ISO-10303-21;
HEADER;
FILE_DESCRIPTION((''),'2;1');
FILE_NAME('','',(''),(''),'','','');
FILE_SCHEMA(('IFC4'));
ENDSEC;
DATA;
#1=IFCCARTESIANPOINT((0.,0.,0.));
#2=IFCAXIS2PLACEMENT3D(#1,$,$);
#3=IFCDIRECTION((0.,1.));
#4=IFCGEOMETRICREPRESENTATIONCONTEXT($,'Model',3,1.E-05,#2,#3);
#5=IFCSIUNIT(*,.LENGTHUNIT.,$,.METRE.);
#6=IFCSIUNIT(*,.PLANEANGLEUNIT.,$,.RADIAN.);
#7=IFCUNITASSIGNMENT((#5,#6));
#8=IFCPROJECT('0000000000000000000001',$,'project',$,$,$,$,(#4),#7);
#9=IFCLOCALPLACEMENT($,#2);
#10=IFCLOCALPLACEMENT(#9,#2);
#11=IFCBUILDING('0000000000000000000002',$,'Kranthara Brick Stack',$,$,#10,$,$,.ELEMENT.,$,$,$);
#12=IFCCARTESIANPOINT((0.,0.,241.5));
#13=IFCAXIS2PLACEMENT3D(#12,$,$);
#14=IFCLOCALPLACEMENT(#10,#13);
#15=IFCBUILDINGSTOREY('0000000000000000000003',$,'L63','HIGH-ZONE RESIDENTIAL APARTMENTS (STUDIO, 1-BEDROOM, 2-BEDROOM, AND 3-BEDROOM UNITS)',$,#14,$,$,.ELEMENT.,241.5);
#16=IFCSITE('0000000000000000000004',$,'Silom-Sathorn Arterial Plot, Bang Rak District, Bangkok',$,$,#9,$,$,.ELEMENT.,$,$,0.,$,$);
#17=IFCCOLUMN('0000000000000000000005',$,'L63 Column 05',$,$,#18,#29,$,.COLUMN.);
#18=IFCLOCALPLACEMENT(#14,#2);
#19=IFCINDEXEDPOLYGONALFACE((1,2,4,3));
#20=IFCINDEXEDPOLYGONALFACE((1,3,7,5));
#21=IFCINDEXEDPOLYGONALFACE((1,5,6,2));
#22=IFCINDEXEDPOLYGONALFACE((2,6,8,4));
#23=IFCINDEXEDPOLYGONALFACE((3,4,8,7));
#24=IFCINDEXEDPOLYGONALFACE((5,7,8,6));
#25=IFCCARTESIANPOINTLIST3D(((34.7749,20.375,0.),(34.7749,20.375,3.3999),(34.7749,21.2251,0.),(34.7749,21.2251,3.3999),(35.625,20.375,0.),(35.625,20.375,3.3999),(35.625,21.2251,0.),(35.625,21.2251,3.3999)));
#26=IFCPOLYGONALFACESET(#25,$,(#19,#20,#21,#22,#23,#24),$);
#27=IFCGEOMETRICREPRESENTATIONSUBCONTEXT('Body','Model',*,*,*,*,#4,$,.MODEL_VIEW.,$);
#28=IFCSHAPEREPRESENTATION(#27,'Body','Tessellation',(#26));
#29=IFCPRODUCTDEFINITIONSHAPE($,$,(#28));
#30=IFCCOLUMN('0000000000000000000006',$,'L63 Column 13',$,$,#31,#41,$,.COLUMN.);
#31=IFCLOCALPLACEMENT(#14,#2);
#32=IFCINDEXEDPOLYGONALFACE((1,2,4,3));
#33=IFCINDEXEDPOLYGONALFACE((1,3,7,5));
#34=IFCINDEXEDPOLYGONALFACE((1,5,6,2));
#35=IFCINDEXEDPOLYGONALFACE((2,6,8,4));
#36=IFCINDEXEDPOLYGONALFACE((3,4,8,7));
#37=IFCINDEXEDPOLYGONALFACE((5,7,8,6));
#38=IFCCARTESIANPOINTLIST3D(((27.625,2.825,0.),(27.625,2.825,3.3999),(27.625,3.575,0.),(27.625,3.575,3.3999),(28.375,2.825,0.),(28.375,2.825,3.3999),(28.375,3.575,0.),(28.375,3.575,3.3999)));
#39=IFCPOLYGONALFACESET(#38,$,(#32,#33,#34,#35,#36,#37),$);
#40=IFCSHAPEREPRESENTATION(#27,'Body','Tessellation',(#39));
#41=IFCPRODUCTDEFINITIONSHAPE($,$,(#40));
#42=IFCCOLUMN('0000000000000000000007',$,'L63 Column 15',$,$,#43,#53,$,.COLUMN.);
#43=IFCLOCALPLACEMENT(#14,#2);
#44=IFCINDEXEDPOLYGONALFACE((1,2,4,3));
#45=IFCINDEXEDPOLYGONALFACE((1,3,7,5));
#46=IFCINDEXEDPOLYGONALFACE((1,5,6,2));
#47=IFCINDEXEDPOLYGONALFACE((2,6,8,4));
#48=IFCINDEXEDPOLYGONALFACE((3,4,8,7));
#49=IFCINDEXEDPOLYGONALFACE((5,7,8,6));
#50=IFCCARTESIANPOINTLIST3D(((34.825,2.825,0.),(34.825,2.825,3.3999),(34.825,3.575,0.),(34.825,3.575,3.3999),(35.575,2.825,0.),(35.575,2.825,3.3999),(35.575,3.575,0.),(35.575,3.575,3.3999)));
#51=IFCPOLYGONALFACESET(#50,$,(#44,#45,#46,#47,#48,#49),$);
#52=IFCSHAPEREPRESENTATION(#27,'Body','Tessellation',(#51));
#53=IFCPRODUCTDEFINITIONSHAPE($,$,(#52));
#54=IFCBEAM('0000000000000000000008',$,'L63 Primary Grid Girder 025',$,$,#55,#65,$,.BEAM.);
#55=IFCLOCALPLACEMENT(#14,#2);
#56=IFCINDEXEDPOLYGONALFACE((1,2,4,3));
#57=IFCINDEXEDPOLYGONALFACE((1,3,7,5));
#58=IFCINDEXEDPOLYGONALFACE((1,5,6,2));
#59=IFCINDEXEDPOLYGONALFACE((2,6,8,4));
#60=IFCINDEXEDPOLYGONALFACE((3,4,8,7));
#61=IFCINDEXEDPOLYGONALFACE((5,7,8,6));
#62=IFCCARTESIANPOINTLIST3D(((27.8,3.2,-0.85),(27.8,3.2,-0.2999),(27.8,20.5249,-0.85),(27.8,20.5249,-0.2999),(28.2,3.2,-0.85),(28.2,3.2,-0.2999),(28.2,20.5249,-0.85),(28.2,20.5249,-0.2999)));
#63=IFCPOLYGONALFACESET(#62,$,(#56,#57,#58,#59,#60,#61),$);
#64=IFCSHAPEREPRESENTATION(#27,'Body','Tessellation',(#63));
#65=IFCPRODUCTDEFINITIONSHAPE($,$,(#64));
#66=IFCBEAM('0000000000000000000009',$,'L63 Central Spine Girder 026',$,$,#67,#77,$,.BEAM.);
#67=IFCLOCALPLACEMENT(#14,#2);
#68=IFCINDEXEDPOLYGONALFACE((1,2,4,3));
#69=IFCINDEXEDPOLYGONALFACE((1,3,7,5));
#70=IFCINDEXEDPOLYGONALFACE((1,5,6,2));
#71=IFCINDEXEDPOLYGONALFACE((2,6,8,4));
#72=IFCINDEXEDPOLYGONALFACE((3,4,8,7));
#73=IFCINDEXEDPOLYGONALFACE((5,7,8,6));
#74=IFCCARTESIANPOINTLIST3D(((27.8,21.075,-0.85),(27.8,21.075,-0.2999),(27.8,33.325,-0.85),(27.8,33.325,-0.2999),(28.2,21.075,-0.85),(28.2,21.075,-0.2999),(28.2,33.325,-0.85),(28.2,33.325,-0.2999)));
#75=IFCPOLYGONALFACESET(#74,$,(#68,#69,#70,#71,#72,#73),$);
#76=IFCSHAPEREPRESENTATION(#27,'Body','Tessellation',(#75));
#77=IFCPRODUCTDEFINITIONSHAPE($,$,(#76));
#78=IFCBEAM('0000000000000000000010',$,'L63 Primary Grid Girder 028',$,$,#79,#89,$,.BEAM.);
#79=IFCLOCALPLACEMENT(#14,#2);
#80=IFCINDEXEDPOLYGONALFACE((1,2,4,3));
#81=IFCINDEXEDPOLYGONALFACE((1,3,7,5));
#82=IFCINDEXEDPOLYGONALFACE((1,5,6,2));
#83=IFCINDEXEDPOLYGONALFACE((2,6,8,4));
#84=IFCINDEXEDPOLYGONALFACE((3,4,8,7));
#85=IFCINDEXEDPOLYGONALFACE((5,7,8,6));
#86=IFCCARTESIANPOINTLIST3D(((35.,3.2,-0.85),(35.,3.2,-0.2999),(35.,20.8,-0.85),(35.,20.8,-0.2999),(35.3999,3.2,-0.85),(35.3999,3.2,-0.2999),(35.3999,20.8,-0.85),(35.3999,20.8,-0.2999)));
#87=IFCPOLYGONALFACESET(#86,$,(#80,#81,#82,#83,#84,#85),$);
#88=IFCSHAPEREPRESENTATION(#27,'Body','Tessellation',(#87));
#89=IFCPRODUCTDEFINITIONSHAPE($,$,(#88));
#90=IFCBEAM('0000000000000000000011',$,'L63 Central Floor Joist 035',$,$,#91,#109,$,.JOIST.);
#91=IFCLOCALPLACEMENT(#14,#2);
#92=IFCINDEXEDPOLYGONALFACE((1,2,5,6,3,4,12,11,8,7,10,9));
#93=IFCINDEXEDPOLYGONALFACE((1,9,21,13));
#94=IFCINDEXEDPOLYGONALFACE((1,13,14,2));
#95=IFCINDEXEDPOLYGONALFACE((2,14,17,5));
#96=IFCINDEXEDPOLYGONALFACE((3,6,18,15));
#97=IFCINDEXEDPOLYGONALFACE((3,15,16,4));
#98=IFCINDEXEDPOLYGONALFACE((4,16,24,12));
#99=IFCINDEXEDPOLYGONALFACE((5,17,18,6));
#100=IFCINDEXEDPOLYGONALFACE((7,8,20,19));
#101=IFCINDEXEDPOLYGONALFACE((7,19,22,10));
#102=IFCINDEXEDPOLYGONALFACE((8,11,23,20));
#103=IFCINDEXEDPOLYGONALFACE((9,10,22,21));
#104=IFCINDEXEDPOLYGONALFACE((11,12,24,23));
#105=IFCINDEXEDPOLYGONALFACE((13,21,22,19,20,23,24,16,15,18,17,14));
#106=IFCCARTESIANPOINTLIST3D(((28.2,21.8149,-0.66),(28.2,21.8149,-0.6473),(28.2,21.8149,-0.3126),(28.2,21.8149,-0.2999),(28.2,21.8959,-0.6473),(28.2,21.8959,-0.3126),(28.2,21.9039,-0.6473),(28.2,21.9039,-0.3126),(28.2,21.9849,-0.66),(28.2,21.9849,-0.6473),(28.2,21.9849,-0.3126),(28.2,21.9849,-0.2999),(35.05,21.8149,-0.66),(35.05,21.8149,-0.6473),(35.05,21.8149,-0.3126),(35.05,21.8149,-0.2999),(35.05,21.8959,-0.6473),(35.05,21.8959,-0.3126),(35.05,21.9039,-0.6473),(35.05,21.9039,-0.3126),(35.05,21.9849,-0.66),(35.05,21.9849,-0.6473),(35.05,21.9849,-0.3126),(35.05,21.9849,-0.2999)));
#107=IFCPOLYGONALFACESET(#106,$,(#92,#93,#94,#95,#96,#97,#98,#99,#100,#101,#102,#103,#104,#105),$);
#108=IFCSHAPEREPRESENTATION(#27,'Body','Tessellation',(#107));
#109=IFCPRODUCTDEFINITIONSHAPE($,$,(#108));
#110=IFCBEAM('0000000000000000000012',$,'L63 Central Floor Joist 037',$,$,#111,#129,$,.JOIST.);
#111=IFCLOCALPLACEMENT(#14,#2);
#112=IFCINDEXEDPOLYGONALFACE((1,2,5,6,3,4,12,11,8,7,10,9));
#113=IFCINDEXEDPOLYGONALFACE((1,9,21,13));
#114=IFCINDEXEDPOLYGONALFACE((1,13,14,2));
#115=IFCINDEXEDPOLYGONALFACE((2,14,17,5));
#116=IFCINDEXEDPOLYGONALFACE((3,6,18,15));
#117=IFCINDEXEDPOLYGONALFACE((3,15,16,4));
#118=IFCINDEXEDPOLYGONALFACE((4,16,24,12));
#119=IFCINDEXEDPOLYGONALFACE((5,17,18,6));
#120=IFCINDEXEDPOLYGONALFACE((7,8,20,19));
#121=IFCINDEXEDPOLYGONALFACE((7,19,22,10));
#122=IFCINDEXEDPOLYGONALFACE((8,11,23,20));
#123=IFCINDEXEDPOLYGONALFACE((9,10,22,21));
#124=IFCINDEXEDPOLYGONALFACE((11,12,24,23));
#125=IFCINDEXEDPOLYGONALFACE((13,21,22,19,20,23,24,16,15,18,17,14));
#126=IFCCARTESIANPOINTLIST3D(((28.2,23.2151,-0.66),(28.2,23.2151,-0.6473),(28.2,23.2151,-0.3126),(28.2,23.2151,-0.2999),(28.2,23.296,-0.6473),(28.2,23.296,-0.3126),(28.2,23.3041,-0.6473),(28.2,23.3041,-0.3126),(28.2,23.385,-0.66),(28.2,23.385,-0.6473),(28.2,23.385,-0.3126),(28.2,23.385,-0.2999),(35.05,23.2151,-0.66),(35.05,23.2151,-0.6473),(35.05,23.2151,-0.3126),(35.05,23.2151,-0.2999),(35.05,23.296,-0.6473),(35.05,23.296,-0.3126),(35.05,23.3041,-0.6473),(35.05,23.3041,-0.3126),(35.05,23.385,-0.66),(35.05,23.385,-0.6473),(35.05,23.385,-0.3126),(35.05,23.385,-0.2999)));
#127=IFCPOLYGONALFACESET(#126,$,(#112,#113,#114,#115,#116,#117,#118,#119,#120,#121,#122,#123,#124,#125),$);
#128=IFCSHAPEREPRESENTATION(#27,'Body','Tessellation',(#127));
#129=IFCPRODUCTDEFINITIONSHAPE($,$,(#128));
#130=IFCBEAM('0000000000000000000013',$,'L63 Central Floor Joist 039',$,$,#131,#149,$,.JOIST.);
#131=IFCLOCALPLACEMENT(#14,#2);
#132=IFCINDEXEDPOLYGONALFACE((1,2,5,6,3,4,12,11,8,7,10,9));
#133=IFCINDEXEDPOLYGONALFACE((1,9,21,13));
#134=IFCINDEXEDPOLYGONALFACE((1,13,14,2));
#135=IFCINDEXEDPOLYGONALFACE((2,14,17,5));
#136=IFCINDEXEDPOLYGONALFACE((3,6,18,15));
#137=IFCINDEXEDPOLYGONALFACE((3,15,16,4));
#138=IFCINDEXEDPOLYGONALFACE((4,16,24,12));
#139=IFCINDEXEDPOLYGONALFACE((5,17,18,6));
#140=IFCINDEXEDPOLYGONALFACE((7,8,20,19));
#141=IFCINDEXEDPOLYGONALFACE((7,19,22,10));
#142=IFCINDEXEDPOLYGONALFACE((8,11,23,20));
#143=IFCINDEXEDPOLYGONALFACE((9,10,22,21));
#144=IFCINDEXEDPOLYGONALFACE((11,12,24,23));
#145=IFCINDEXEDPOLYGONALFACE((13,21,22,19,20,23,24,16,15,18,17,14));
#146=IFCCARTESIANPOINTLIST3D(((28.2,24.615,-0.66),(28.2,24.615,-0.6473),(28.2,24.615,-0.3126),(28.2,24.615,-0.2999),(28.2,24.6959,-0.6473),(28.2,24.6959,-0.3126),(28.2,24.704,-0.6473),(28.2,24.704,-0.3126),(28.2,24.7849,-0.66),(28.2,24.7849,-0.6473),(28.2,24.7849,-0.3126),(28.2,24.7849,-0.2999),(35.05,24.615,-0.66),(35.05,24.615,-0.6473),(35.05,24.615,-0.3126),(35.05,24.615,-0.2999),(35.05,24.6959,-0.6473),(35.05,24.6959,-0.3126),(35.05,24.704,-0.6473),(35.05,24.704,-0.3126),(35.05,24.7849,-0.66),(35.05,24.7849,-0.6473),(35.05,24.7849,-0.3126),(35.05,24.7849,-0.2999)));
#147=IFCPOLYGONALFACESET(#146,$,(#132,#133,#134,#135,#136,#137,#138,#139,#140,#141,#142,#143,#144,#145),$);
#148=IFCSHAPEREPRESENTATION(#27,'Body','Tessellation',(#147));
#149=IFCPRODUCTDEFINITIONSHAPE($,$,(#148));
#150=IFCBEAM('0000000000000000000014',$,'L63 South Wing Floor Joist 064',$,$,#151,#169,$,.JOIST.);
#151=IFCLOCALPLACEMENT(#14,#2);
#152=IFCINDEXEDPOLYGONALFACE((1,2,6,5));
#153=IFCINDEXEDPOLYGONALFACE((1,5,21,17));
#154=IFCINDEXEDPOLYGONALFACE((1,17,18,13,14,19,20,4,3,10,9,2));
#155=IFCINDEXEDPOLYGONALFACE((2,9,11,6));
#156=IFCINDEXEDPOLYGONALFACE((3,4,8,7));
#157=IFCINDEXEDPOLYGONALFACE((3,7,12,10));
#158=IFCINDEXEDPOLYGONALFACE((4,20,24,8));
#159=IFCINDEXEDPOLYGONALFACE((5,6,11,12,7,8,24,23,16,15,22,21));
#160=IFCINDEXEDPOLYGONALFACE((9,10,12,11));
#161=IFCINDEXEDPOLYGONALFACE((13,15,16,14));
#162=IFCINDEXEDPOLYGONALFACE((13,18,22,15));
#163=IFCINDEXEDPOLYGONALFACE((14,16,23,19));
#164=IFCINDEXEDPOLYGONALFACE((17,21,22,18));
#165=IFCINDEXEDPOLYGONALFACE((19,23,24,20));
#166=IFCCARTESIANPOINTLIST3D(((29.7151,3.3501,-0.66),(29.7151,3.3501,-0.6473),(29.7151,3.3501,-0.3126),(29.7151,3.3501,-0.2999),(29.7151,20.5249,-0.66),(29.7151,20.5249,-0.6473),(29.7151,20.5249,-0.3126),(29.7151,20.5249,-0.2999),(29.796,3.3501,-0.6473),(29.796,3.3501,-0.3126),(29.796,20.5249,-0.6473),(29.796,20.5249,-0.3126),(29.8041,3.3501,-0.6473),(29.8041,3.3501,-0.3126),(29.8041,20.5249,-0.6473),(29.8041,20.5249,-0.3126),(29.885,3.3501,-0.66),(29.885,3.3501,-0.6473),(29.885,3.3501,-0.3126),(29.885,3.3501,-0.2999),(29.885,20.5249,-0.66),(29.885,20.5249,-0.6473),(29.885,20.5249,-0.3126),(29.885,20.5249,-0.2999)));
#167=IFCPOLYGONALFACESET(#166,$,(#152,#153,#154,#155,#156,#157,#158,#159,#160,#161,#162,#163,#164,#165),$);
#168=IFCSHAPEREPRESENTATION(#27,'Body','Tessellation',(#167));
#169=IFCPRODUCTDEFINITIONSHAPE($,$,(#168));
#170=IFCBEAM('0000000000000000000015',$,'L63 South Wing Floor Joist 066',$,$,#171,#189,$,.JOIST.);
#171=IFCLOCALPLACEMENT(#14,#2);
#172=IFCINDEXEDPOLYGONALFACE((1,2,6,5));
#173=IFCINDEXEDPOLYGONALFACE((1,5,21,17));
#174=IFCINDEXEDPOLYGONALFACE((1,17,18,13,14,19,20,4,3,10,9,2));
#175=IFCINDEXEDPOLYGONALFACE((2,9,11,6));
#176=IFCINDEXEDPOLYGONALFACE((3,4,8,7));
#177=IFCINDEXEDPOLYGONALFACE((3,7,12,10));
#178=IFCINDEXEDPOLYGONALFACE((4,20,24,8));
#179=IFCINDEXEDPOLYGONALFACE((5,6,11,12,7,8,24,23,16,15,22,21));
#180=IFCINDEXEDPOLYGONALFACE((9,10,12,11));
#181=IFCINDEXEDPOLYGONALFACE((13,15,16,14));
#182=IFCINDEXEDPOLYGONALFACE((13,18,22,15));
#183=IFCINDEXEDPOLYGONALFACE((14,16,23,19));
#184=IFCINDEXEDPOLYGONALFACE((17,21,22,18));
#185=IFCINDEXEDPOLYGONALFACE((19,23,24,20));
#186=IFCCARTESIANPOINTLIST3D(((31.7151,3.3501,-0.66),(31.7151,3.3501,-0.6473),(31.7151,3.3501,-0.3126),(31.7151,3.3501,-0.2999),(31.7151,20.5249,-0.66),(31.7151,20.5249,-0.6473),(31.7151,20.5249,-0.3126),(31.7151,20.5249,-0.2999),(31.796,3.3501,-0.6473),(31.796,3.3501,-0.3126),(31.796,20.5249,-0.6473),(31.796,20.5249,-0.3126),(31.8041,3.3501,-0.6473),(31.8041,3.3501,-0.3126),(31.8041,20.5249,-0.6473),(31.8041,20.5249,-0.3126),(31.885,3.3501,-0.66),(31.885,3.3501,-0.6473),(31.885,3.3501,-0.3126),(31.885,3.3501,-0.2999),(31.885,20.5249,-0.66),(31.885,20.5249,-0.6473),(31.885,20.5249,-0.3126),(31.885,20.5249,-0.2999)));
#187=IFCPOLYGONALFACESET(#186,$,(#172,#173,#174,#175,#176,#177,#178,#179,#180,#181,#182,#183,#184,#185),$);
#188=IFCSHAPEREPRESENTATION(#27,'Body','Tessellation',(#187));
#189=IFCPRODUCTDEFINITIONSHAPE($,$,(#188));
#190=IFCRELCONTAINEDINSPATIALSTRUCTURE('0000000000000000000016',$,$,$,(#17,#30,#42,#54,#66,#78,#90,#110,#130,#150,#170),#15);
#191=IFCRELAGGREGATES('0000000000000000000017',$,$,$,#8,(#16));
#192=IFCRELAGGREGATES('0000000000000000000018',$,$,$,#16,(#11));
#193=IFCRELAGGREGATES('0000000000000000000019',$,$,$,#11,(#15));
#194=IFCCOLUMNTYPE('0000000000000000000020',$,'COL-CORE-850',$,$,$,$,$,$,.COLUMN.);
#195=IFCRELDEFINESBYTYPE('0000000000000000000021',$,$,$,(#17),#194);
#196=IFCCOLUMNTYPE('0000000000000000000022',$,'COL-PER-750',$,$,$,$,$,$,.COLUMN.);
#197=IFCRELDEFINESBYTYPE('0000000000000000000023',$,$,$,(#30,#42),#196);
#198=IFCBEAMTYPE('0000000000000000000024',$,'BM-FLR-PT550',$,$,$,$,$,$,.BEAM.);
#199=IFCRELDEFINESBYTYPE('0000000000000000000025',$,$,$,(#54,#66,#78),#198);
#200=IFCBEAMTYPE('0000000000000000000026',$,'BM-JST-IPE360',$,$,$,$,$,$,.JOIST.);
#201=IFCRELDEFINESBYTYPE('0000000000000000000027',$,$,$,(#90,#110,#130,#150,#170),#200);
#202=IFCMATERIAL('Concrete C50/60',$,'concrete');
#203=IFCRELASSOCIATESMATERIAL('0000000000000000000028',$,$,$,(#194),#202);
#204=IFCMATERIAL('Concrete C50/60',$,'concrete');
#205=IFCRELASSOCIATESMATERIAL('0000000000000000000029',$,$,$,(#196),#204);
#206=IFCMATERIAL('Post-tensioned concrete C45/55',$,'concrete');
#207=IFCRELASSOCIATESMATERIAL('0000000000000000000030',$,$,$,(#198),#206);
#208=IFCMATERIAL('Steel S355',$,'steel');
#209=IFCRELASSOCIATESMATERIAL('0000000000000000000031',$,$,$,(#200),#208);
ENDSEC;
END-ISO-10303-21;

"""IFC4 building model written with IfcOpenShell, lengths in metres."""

from ifc_helpers import new_model, si_unit, direction, frame, origin, origin_2d, place, context, subcontext, project, spatial, rectangle, i_section, extrude, material, material_profile, profile_set, type_object, element, save


model = new_model("IFC4")

# Units and contexts
model_context = context("Model", 3, precision=1e-05, world=origin(), true_north=direction((0.0, 1.0)))
body_context = subcontext(model_context, "Body", "Model", "MODEL_VIEW")
ifc_project = project(units=[si_unit("LENGTHUNIT", "METRE"), si_unit("PLANEANGLEUNIT", "RADIAN")], contexts=[model_context])

# Site, building, storey
site_placement = place(None, origin())
site = spatial("IfcSite", under=ifc_project, at=site_placement, Name="Silom-Sathorn Arterial Plot, Bang Rak District, Bangkok", CompositionType="ELEMENT", RefElevation=0.0)
building_placement = place(site_placement, origin())
building = spatial("IfcBuilding", under=site, at=building_placement, Name="Kranthara Brick Stack", CompositionType="ELEMENT")
storey_placement = place(building_placement, frame((0.0, 0.0, 241.5)))
storey = spatial("IfcBuildingStorey", under=building, at=storey_placement, Name="L63", Description="HIGH-ZONE RESIDENTIAL APARTMENTS (STUDIO, 1-BEDROOM, 2-BEDROOM, AND 3-BEDROOM UNITS)", CompositionType="ELEMENT", Elevation=241.5)

# Columns
ifc_material_1 = material(Name="Concrete C50/60", Category="concrete")
ifc_material_profile_1 = material_profile(ifc_material_1, rectangle(XDim=0.8501, YDim=0.8501, at=origin_2d()), Name="RC 850x850")
ifc_profile_set_1 = profile_set([ifc_material_profile_1], Name="Concrete C50/60")
column_type_1 = type_object("IfcColumnType", Name="COL-CORE-850", PredefinedType="COLUMN", material=ifc_profile_set_1)
column_placement = place(storey_placement, frame((35.2, 20.8, 0.0), z_axis=(0.0, 0.0, 1.0), x_axis=(1.0, 0.0, 0.0)))
element("IfcColumn", 1, at=column_placement, inside=storey, type_object=column_type_1, Name="L63 Column 05", PredefinedType="COLUMN", context=body_context, shape_type="SweptSolid", body=[
    extrude(rectangle(XDim=0.8501, YDim=0.8501, at=origin_2d()), origin(), (0.0, 0.0, 1.0), 3.3999),
])
ifc_material_2 = material(Name="Concrete C50/60", Category="concrete")
ifc_material_profile_2 = material_profile(ifc_material_2, rectangle(XDim=0.75, YDim=0.75, at=origin_2d()), Name="RC 750x750")
ifc_profile_set_2 = profile_set([ifc_material_profile_2], Name="Concrete C50/60")
column_type_2 = type_object("IfcColumnType", Name="COL-PER-750", PredefinedType="COLUMN", material=ifc_profile_set_2)
for number, where, z_axis, x_axis, name in (
    (2, (28.0, 3.2, 0.0), (0.0, 0.0, 1.0), (1.0, 0.0, 0.0), "L63 Column 13"),
    (3, (35.2, 3.2, 0.0), (0.0, 0.0, 1.0), (1.0, 0.0, 0.0), "L63 Column 15"),
):
    element("IfcColumn", number, at=place(storey_placement, frame(where, z_axis=z_axis, x_axis=x_axis)), inside=storey, type_object=column_type_2, Name=name, PredefinedType="COLUMN", context=body_context, shape_type="SweptSolid", body=[
        extrude(rectangle(XDim=0.75, YDim=0.75, at=origin_2d()), origin(), (0.0, 0.0, 1.0), 3.3999),
    ])

# Beams
ifc_material_3 = material(Name="Post-tensioned concrete C45/55", Category="concrete")
ifc_material_profile_3 = material_profile(ifc_material_3, rectangle(XDim=0.3999, YDim=0.55, at=origin_2d()), Name="PT 400x550")
ifc_profile_set_3 = profile_set([ifc_material_profile_3], Name="Post-tensioned concrete C45/55")
beam_type_1 = type_object("IfcBeamType", Name="BM-FLR-PT550", PredefinedType="BEAM", material=ifc_profile_set_3)
beam_1_placement = place(storey_placement, frame((28.0, 3.2, -0.575), z_axis=(0.0, 1.0, 0.0), x_axis=(-1.0, 0.0, 0.0)))
element("IfcBeam", 4, at=beam_1_placement, inside=storey, type_object=beam_type_1, Name="L63 Primary Grid Girder 025", PredefinedType="BEAM", context=body_context, shape_type="SweptSolid", body=[
    extrude(rectangle(XDim=0.3999, YDim=0.55, at=origin_2d()), origin(), (0.0, 0.0, 1.0), 17.325),
])
beam_2_placement = place(storey_placement, frame((28.0, 21.075, -0.575), z_axis=(0.0, 1.0, 0.0), x_axis=(-1.0, 0.0, 0.0)))
element("IfcBeam", 5, at=beam_2_placement, inside=storey, type_object=beam_type_1, Name="L63 Central Spine Girder 026", PredefinedType="BEAM", context=body_context, shape_type="SweptSolid", body=[
    extrude(rectangle(XDim=0.3999, YDim=0.55, at=origin_2d()), origin(), (0.0, 0.0, 1.0), 12.25),
])
beam_3_placement = place(storey_placement, frame((35.2, 3.2, -0.575), z_axis=(0.0, 1.0, 0.0), x_axis=(-1.0, 0.0, 0.0)))
element("IfcBeam", 6, at=beam_3_placement, inside=storey, type_object=beam_type_1, Name="L63 Primary Grid Girder 028", PredefinedType="BEAM", context=body_context, shape_type="SweptSolid", body=[
    extrude(rectangle(XDim=0.3999, YDim=0.55, at=origin_2d()), origin(), (0.0, 0.0, 1.0), 17.6001),
])
ifc_material_4 = material(Name="Steel S355", Category="steel")
ifc_material_profile_4 = material_profile(ifc_material_4, i_section(OverallWidth=0.1699, OverallDepth=0.3601, WebThickness=0.0081, FlangeThickness=0.0127, at=origin_2d()), Name="IPE 360")
ifc_profile_set_4 = profile_set([ifc_material_profile_4], Name="Steel S355")
beam_type_2 = type_object("IfcBeamType", Name="BM-JST-IPE360", PredefinedType="JOIST", material=ifc_profile_set_4)
for number, where, z_axis, x_axis, name in (
    (7, (28.2, 21.8999, -0.48), (1.0, 0.0, 0.0), (0.0, 1.0, 0.0), "L63 Central Floor Joist 035"),
    (8, (28.2, 23.3, -0.48), (1.0, 0.0, 0.0), (0.0, 1.0, 0.0), "L63 Central Floor Joist 037"),
    (9, (28.2, 24.7, -0.48), (1.0, 0.0, 0.0), (0.0, 1.0, 0.0), "L63 Central Floor Joist 039"),
):
    element("IfcBeam", number, at=place(storey_placement, frame(where, z_axis=z_axis, x_axis=x_axis)), inside=storey, type_object=beam_type_2, Name=name, PredefinedType="JOIST", context=body_context, shape_type="SweptSolid", body=[
        extrude(i_section(OverallWidth=0.1699, OverallDepth=0.3601, WebThickness=0.0081, FlangeThickness=0.0127, at=origin_2d()), origin(), (0.0, 0.0, 1.0), 6.8501),
    ])
for number, where, z_axis, x_axis, name in (
    (10, (29.8, 3.3501, -0.48), (0.0, 1.0, 0.0), (-1.0, 0.0, 0.0), "L63 South Wing Floor Joist 064"),
    (11, (31.8, 3.3501, -0.48), (0.0, 1.0, 0.0), (-1.0, 0.0, 0.0), "L63 South Wing Floor Joist 066"),
):
    element("IfcBeam", number, at=place(storey_placement, frame(where, z_axis=z_axis, x_axis=x_axis)), inside=storey, type_object=beam_type_2, Name=name, PredefinedType="JOIST", context=body_context, shape_type="SweptSolid", body=[
        extrude(i_section(OverallWidth=0.1699, OverallDepth=0.3601, WebThickness=0.0081, FlangeThickness=0.0127, at=origin_2d()), origin(), (0.0, 0.0, 1.0), 17.1748),
    ])

save(model, "model.ifc")
